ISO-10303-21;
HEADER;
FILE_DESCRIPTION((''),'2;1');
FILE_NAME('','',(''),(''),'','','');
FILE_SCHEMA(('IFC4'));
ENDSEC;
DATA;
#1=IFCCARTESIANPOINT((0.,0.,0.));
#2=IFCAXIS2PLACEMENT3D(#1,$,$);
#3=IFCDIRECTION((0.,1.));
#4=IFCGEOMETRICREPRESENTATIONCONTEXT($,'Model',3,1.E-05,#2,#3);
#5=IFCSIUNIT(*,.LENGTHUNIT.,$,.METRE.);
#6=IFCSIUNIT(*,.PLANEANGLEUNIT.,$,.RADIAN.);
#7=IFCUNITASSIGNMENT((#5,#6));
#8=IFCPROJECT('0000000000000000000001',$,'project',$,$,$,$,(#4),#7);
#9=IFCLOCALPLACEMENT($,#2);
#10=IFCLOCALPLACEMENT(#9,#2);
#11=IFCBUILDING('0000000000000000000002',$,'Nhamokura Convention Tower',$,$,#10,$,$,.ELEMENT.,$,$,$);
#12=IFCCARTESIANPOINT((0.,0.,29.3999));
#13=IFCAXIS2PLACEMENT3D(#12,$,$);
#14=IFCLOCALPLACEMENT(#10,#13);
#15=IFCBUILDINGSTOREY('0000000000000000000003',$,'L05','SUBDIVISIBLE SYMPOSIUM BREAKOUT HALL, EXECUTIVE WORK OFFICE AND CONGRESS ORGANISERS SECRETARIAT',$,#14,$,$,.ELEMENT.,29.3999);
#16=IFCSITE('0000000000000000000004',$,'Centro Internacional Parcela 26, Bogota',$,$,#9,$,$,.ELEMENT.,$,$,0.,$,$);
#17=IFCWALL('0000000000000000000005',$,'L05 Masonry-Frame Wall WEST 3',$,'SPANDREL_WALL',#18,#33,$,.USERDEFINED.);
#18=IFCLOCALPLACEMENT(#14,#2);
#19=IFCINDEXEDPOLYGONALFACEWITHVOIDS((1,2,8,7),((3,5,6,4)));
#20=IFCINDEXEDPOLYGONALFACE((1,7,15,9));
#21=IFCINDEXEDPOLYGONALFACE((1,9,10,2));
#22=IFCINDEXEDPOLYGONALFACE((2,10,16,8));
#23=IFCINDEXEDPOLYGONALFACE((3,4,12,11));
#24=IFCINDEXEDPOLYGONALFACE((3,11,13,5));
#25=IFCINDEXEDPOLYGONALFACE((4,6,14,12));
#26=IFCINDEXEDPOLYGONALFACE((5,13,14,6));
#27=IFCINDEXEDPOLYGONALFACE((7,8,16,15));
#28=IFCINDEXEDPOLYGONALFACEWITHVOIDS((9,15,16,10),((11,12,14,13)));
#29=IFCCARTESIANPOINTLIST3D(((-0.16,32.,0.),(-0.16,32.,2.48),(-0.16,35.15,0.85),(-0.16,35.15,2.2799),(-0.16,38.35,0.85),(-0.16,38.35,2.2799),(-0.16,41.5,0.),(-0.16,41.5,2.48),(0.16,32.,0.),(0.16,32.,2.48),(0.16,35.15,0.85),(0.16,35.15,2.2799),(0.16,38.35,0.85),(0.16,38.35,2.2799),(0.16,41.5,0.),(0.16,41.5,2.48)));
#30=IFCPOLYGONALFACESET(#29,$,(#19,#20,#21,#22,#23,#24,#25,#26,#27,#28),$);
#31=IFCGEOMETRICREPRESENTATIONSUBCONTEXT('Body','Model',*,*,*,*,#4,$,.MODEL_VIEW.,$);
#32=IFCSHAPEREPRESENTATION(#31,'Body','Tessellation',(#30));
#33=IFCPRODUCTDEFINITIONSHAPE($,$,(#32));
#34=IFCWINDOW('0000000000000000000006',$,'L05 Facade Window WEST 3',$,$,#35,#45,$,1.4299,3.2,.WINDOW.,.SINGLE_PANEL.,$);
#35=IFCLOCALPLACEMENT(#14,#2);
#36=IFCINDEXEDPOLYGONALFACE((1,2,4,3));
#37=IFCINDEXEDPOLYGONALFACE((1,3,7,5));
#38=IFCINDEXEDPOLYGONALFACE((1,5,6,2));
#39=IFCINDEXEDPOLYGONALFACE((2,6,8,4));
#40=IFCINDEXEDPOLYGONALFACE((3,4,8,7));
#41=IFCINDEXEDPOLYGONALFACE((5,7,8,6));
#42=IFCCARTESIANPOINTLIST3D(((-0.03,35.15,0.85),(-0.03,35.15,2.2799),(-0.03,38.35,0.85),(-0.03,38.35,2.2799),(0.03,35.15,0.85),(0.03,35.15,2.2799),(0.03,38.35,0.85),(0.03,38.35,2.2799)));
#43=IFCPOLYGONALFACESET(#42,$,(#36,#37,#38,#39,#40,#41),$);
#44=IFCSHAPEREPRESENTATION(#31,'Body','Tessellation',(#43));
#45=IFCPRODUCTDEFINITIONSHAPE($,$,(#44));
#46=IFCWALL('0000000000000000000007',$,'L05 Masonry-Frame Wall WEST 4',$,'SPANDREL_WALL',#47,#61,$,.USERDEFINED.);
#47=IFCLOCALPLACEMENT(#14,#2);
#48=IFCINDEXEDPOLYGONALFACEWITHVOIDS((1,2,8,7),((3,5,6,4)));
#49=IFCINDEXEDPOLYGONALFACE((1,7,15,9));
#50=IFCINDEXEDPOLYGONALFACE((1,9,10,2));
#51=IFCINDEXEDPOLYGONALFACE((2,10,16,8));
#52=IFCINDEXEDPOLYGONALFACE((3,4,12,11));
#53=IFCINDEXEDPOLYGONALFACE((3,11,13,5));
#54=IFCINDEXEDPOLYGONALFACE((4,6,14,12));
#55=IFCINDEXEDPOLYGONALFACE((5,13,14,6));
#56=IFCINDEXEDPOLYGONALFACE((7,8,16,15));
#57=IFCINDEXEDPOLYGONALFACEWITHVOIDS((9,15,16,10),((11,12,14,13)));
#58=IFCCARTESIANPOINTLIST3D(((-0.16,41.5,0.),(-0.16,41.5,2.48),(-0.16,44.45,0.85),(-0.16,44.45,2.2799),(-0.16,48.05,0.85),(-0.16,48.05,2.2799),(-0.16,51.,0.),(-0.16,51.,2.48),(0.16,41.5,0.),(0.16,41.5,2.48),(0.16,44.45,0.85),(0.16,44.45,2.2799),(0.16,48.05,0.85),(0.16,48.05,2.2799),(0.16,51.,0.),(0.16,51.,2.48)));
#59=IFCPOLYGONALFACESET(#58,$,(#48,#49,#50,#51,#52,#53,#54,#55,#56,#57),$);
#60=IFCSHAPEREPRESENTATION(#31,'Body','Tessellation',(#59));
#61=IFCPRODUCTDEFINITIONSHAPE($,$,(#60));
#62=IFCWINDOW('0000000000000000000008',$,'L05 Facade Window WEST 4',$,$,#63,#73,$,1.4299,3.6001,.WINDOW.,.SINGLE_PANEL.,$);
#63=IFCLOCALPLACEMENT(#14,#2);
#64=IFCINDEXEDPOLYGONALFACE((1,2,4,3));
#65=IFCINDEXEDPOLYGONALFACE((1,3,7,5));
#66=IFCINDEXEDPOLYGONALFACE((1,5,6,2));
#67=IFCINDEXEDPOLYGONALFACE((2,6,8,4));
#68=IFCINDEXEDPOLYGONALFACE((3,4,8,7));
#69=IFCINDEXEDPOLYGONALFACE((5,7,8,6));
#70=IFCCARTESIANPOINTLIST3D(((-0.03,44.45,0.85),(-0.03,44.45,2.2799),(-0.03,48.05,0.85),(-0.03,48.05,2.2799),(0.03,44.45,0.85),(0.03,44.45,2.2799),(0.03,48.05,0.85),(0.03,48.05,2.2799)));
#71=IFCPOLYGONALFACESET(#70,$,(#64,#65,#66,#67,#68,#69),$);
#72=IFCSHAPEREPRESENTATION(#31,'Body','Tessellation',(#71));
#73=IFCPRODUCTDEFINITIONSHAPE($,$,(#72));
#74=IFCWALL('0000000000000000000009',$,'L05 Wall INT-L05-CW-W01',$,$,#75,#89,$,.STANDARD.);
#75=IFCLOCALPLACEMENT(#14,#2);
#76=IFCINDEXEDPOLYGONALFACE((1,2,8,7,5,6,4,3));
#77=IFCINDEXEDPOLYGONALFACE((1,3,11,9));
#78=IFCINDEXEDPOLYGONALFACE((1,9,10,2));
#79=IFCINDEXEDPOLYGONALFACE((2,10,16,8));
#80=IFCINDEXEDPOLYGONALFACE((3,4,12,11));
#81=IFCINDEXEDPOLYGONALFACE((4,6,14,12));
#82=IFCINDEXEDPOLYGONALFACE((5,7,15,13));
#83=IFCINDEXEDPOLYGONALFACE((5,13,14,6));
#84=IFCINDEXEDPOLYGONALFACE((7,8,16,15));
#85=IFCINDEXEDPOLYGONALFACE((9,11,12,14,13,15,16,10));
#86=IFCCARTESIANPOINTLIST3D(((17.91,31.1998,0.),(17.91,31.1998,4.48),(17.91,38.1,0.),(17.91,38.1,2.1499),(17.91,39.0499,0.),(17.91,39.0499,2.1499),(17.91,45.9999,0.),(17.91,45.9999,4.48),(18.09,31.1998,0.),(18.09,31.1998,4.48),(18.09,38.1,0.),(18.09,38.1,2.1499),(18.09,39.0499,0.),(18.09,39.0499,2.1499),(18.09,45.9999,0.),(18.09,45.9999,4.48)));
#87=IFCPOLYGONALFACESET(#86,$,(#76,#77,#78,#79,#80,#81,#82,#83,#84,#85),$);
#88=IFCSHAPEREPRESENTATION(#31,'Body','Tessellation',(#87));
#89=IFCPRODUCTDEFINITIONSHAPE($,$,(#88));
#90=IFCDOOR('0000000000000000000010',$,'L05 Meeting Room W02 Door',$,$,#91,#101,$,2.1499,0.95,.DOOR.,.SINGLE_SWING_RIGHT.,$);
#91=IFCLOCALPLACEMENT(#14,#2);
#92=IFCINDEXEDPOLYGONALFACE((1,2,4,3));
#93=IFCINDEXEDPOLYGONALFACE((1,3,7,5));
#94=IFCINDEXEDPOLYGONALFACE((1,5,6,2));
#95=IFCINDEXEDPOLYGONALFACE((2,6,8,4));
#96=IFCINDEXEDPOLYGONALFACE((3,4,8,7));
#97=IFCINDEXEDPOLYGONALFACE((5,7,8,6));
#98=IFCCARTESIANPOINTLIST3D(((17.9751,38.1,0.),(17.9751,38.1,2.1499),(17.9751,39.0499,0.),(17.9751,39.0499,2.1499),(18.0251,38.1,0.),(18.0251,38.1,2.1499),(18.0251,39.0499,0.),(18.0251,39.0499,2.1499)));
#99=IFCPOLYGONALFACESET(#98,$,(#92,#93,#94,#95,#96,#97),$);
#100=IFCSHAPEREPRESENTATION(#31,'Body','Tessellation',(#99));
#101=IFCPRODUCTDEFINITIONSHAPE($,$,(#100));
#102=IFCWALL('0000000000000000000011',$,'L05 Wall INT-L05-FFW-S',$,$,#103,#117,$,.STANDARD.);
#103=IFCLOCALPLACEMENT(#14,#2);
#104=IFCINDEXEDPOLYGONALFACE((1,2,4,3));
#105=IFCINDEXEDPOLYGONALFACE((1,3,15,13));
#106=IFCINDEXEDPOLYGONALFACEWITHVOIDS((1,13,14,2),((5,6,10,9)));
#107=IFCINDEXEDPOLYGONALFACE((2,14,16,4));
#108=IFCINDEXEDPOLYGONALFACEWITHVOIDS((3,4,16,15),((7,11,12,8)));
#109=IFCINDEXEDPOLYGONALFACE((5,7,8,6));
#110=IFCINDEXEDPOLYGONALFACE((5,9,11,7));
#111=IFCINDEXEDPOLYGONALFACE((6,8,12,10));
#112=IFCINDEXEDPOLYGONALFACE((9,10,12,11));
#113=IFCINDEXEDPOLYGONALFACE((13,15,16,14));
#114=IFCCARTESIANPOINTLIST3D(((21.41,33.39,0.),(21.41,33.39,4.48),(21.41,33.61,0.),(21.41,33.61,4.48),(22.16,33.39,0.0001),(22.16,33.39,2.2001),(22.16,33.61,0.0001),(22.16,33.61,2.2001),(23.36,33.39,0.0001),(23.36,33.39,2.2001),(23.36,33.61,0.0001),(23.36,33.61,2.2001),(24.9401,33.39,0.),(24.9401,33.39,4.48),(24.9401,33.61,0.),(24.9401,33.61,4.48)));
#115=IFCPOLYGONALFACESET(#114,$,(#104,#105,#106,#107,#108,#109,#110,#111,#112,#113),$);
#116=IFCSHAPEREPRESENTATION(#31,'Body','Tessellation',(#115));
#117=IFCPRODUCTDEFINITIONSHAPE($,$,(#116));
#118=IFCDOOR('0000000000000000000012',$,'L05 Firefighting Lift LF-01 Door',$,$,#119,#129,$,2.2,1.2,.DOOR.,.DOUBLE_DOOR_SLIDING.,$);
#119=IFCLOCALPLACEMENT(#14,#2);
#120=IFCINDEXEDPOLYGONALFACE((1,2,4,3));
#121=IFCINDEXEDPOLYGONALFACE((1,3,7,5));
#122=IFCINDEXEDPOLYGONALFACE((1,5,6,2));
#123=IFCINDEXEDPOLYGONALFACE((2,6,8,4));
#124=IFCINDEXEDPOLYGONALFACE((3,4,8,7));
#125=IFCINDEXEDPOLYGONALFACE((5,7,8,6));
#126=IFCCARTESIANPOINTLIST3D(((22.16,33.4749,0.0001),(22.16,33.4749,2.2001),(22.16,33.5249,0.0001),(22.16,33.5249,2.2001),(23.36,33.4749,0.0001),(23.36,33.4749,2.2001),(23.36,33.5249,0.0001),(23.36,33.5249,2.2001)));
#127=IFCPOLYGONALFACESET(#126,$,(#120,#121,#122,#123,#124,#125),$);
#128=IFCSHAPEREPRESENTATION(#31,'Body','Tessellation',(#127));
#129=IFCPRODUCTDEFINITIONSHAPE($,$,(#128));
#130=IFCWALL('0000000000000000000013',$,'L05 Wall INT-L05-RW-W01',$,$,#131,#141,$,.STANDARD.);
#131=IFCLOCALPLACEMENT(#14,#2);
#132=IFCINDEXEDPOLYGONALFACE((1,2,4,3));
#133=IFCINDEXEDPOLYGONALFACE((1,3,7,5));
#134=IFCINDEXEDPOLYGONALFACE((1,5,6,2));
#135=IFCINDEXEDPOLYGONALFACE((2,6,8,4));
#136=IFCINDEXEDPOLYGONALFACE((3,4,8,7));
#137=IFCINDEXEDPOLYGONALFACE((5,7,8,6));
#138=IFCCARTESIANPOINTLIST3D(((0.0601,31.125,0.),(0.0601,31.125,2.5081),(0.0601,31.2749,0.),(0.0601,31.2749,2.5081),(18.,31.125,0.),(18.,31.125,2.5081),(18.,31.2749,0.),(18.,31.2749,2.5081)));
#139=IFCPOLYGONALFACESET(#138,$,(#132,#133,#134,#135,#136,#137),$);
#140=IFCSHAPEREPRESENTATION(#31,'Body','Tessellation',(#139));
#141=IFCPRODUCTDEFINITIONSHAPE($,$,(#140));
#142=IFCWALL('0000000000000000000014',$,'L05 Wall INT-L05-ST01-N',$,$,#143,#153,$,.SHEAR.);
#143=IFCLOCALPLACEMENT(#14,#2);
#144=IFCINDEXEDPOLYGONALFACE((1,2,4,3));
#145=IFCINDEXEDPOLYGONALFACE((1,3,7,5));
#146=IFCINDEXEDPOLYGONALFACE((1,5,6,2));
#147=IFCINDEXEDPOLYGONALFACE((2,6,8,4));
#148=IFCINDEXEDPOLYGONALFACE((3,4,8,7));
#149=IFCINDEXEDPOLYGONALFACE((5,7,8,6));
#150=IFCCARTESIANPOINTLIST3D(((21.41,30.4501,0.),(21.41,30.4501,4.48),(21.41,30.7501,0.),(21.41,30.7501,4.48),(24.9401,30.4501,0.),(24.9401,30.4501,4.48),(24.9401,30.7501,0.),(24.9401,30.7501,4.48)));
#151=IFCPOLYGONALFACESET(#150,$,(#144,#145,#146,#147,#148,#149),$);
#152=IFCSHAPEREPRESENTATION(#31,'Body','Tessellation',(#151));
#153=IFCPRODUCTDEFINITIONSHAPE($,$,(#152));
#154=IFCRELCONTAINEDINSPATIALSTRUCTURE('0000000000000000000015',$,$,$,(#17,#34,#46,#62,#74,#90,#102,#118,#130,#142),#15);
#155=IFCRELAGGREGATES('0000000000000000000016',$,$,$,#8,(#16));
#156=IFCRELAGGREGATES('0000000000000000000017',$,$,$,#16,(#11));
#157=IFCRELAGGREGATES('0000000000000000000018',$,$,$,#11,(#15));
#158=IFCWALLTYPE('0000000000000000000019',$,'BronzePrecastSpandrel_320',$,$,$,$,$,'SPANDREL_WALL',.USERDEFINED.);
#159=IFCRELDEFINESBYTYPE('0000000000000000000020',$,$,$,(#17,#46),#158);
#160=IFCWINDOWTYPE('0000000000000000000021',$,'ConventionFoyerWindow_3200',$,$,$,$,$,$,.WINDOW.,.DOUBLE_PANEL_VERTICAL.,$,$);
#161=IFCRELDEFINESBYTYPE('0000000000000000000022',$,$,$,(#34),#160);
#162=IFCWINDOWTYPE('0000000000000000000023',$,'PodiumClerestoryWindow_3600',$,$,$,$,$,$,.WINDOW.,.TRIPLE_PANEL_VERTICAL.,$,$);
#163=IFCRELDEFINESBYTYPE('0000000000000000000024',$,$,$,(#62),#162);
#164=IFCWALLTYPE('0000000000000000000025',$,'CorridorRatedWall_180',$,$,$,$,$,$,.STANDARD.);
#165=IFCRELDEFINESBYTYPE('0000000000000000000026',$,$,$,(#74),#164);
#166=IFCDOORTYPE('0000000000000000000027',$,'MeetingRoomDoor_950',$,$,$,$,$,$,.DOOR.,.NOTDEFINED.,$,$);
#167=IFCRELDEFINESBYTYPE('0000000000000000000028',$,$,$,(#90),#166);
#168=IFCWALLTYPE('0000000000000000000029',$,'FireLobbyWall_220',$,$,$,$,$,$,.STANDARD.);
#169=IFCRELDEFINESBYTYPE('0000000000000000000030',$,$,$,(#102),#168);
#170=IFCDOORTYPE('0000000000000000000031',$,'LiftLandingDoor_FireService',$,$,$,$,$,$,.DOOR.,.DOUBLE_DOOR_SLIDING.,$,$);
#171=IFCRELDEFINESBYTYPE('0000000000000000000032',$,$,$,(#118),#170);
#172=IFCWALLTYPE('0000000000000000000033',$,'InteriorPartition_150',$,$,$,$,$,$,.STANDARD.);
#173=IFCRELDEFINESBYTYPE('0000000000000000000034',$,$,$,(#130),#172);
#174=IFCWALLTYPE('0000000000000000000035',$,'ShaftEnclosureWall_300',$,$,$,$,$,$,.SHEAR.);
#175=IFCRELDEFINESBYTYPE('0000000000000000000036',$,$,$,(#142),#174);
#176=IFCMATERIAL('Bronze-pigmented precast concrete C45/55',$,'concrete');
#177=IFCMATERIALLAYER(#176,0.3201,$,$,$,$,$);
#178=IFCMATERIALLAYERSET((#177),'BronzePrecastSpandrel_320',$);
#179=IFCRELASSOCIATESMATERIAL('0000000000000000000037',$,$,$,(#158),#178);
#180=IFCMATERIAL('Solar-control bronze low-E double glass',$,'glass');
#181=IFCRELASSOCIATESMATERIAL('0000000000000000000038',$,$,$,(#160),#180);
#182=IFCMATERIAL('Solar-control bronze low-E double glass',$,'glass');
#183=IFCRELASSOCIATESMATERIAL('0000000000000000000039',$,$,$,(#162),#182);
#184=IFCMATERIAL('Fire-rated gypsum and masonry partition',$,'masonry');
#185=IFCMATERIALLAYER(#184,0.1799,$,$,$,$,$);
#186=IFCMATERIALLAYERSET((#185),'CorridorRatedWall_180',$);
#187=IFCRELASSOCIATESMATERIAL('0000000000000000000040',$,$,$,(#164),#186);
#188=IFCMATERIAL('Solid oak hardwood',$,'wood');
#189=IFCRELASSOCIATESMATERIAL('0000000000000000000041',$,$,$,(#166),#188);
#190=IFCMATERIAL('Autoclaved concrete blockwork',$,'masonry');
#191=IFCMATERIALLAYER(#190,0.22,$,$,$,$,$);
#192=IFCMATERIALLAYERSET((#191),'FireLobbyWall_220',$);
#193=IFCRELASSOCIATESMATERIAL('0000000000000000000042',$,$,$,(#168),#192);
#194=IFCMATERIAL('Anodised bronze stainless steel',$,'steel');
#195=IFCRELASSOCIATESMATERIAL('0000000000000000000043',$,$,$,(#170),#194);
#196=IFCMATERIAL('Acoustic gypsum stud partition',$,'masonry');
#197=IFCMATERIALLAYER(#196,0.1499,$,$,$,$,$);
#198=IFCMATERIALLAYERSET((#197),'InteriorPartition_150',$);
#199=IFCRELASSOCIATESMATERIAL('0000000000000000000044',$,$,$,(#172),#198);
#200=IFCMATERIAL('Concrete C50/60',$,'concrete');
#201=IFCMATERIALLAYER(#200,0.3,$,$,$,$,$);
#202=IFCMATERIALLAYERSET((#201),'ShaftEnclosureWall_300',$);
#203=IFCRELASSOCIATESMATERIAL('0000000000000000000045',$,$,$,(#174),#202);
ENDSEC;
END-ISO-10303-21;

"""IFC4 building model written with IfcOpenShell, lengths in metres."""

from ifc_helpers import new_model, si_unit, direction, frame, frame_2d, origin, place, context, subcontext, project, spatial, rectangle, extrude, material, layer, layer_set, type_object, element, fill, save


model = new_model("IFC4")

# Units and contexts
model_context = context("Model", 3, precision=1e-05, world=origin(), true_north=direction((0.0, 1.0)))
body_context = subcontext(model_context, "Body", "Model", "MODEL_VIEW")
ifc_project = project(units=[si_unit("LENGTHUNIT", "METRE"), si_unit("PLANEANGLEUNIT", "RADIAN")], contexts=[model_context])

# Site, building, storey
site_placement = place(None, origin())
site = spatial("IfcSite", under=ifc_project, at=site_placement, Name="Centro Internacional Parcela 26, Bogota", CompositionType="ELEMENT", RefElevation=0.0)
building_placement = place(site_placement, origin())
building = spatial("IfcBuilding", under=site, at=building_placement, Name="Nhamokura Convention Tower", CompositionType="ELEMENT")
storey_placement = place(building_placement, frame((0.0, 0.0, 29.3999)))
storey = spatial("IfcBuildingStorey", under=building, at=storey_placement, Name="L05", Description="SUBDIVISIBLE SYMPOSIUM BREAKOUT HALL, EXECUTIVE WORK OFFICE AND CONGRESS ORGANISERS SECRETARIAT", CompositionType="ELEMENT", Elevation=29.3999)

# Walls, openings, windows
ifc_material_1 = material(Name="Bronze-pigmented precast concrete C45/55", Category="concrete")
ifc_layer_1 = layer(ifc_material_1, 0.3201)
ifc_layer_set_1 = layer_set([ifc_layer_1], Name="BronzePrecastSpandrel_320")
wall_type_1 = type_object("IfcWallType", Name="BronzePrecastSpandrel_320", ElementType="SPANDREL_WALL", PredefinedType="USERDEFINED", material=ifc_layer_set_1)
wall_1_placement = place(storey_placement, frame((0.0, 32.0, 0.0), z_axis=(0.0, 0.0, 1.0), x_axis=(0.0, 1.0, 0.0)))
wall_1 = element("IfcWall", 1, at=wall_1_placement, inside=storey, type_object=wall_type_1, Name="L05 Masonry-Frame Wall WEST 3", ObjectType="SPANDREL_WALL", PredefinedType="USERDEFINED", context=body_context, shape_type="SweptSolid", body=[
    extrude(rectangle(XDim=9.5, YDim=0.3201, at=frame_2d((4.75, 0.0))), origin(), (0.0, 0.0, 1.0), 2.48),
])
opening_1_placement = place(wall_1_placement, frame((3.1499, 0.0, 0.8501)))
opening_1 = element("IfcOpeningElement", 2, at=opening_1_placement, cuts=wall_1, PredefinedType="OPENING", context=body_context, shape_type="SweptSolid", body=[
    extrude(rectangle(XDim=3.2, YDim=1.4299, at=frame_2d((1.6001, 0.7148))), frame((0.0, 0.1699, 0.0), z_axis=(0.0, -1.0, 0.0), x_axis=(1.0, 0.0, 0.0)), (0.0, 0.0, 1.0), 0.3401),
])
ifc_material_2 = material(Name="Solar-control bronze low-E double glass", Category="glass")
window_type_1 = type_object("IfcWindowType", Name="ConventionFoyerWindow_3200", PartitioningType="DOUBLE_PANEL_VERTICAL", PredefinedType="WINDOW", material=ifc_material_2)
window_1_placement = place(opening_1_placement, origin())
window_1 = element("IfcWindow", 3, at=window_1_placement, inside=storey, type_object=window_type_1, Name="L05 Facade Window WEST 3", OverallHeight=1.4299, OverallWidth=3.2, PartitioningType="SINGLE_PANEL", PredefinedType="WINDOW", context=body_context, shape_type="SweptSolid", body=[
    extrude(rectangle(XDim=3.2, YDim=1.4299, at=frame_2d((1.6001, 0.7148))), frame((0.0, 0.03, 0.0), z_axis=(0.0, -1.0, 0.0), x_axis=(1.0, 0.0, 0.0)), (0.0, 0.0, 1.0), 0.0601),
])
fill(opening_1, window_1)
wall_2_placement = place(storey_placement, frame((0.0, 41.5, 0.0), z_axis=(0.0, 0.0, 1.0), x_axis=(0.0, 1.0, 0.0)))
wall_2 = element("IfcWall", 4, at=wall_2_placement, inside=storey, type_object=wall_type_1, Name="L05 Masonry-Frame Wall WEST 4", ObjectType="SPANDREL_WALL", PredefinedType="USERDEFINED", context=body_context, shape_type="SweptSolid", body=[
    extrude(rectangle(XDim=9.5, YDim=0.3201, at=frame_2d((4.75, 0.0))), origin(), (0.0, 0.0, 1.0), 2.48),
])
opening_2_placement = place(wall_2_placement, frame((2.95, 0.0, 0.8501)))
opening_2 = element("IfcOpeningElement", 5, at=opening_2_placement, cuts=wall_2, PredefinedType="OPENING", context=body_context, shape_type="SweptSolid", body=[
    extrude(rectangle(XDim=3.6001, YDim=1.4299, at=frame_2d((1.8, 0.7148))), frame((0.0, 0.1699, 0.0), z_axis=(0.0, -1.0, 0.0), x_axis=(1.0, 0.0, 0.0)), (0.0, 0.0, 1.0), 0.3401),
])
ifc_material_3 = material(Name="Solar-control bronze low-E double glass", Category="glass")
window_type_2 = type_object("IfcWindowType", Name="PodiumClerestoryWindow_3600", PartitioningType="TRIPLE_PANEL_VERTICAL", PredefinedType="WINDOW", material=ifc_material_3)
window_2_placement = place(opening_2_placement, origin())
window_2 = element("IfcWindow", 6, at=window_2_placement, inside=storey, type_object=window_type_2, Name="L05 Facade Window WEST 4", OverallHeight=1.4299, OverallWidth=3.6001, PartitioningType="SINGLE_PANEL", PredefinedType="WINDOW", context=body_context, shape_type="SweptSolid", body=[
    extrude(rectangle(XDim=3.6001, YDim=1.4299, at=frame_2d((1.8, 0.7148))), frame((0.0, 0.03, 0.0), z_axis=(0.0, -1.0, 0.0), x_axis=(1.0, 0.0, 0.0)), (0.0, 0.0, 1.0), 0.0601),
])
fill(opening_2, window_2)

# Walls, openings, doors
ifc_material_4 = material(Name="Fire-rated gypsum and masonry partition", Category="masonry")
ifc_layer_2 = layer(ifc_material_4, 0.1799)
ifc_layer_set_2 = layer_set([ifc_layer_2], Name="CorridorRatedWall_180")
wall_type_2 = type_object("IfcWallType", Name="CorridorRatedWall_180", PredefinedType="STANDARD", material=ifc_layer_set_2)
wall_3_placement = place(storey_placement, frame((18.0, 31.2, 0.0), z_axis=(0.0, 0.0, 1.0), x_axis=(0.0, 1.0, 0.0)))
wall_3 = element("IfcWall", 7, at=wall_3_placement, inside=storey, type_object=wall_type_2, Name="L05 Wall INT-L05-CW-W01", PredefinedType="STANDARD", context=body_context, shape_type="SweptSolid", body=[
    extrude(rectangle(XDim=14.8, YDim=0.1799, at=frame_2d((7.3999, 0.0))), origin(), (0.0, 0.0, 1.0), 4.48),
])
opening_3_placement = place(wall_3_placement, frame((6.8999, 0.0, 0.0)))
opening_3 = element("IfcOpeningElement", 8, at=opening_3_placement, cuts=wall_3, PredefinedType="OPENING", context=body_context, shape_type="SweptSolid", body=[
    extrude(rectangle(XDim=0.95, YDim=2.1499, at=frame_2d((0.4751, 1.075))), frame((0.0, 0.0999, 0.0), z_axis=(0.0, -1.0, 0.0), x_axis=(1.0, 0.0, 0.0)), (0.0, 0.0, 1.0), 0.2),
])
ifc_material_5 = material(Name="Solid oak hardwood", Category="wood")
door_type_1 = type_object("IfcDoorType", Name="MeetingRoomDoor_950", OperationType="NOTDEFINED", PredefinedType="DOOR", material=ifc_material_5)
door_1_placement = place(opening_3_placement, origin())
door_1 = element("IfcDoor", 9, at=door_1_placement, inside=storey, type_object=door_type_1, Name="L05 Meeting Room W02 Door", OperationType="SINGLE_SWING_RIGHT", OverallHeight=2.1499, OverallWidth=0.95, PredefinedType="DOOR", context=body_context, shape_type="SweptSolid", body=[
    extrude(rectangle(XDim=0.95, YDim=2.1499, at=frame_2d((0.4751, 1.075))), frame((0.0, 0.0249, 0.0), z_axis=(0.0, -1.0, 0.0), x_axis=(1.0, 0.0, 0.0)), (0.0, 0.0, 1.0), 0.05),
])
fill(opening_3, door_1)
ifc_material_6 = material(Name="Autoclaved concrete blockwork", Category="masonry")
ifc_layer_3 = layer(ifc_material_6, 0.22)
ifc_layer_set_3 = layer_set([ifc_layer_3], Name="FireLobbyWall_220")
wall_type_3 = type_object("IfcWallType", Name="FireLobbyWall_220", PredefinedType="STANDARD", material=ifc_layer_set_3)
wall_4_placement = place(storey_placement, frame((21.4099, 33.5, 0.0), z_axis=(0.0, 0.0, 1.0), x_axis=(1.0, 0.0, 0.0)))
wall_4 = element("IfcWall", 10, at=wall_4_placement, inside=storey, type_object=wall_type_3, Name="L05 Wall INT-L05-FFW-S", PredefinedType="STANDARD", context=body_context, shape_type="SweptSolid", body=[
    extrude(rectangle(XDim=3.53, YDim=0.22, at=frame_2d((1.7651, 0.0))), origin(), (0.0, 0.0, 1.0), 4.48),
])
opening_4_placement = place(wall_4_placement, frame((0.75, 0.0, 0.0)))
opening_4 = element("IfcOpeningElement", 11, at=opening_4_placement, cuts=wall_4, PredefinedType="OPENING", context=body_context, shape_type="SweptSolid", body=[
    extrude(rectangle(XDim=1.2, YDim=2.2, at=frame_2d((0.6001, 1.1001))), frame((0.0, 0.1199, 0.0), z_axis=(0.0, -1.0, 0.0), x_axis=(1.0, 0.0, 0.0)), (0.0, 0.0, 1.0), 0.24),
])
ifc_material_7 = material(Name="Anodised bronze stainless steel", Category="steel")
door_type_2 = type_object("IfcDoorType", Name="LiftLandingDoor_FireService", OperationType="DOUBLE_DOOR_SLIDING", PredefinedType="DOOR", material=ifc_material_7)
door_2_placement = place(opening_4_placement, origin())
door_2 = element("IfcDoor", 12, at=door_2_placement, inside=storey, type_object=door_type_2, Name="L05 Firefighting Lift LF-01 Door", OperationType="DOUBLE_DOOR_SLIDING", OverallHeight=2.2, OverallWidth=1.2, PredefinedType="DOOR", context=body_context, shape_type="SweptSolid", body=[
    extrude(rectangle(XDim=1.2, YDim=2.2, at=frame_2d((0.6001, 1.1001))), frame((0.0, 0.0249, 0.0), z_axis=(0.0, -1.0, 0.0), x_axis=(1.0, 0.0, 0.0)), (0.0, 0.0, 1.0), 0.05),
])
fill(opening_4, door_2)

# Walls
ifc_material_8 = material(Name="Acoustic gypsum stud partition", Category="masonry")
ifc_layer_4 = layer(ifc_material_8, 0.1499)
ifc_layer_set_4 = layer_set([ifc_layer_4], Name="InteriorPartition_150")
wall_type_4 = type_object("IfcWallType", Name="InteriorPartition_150", PredefinedType="STANDARD", material=ifc_layer_set_4)
wall_5_placement = place(storey_placement, frame((0.0601, 31.2, 0.0), z_axis=(0.0, 0.0, 1.0), x_axis=(1.0, 0.0, 0.0)))
element("IfcWall", 13, at=wall_5_placement, inside=storey, type_object=wall_type_4, Name="L05 Wall INT-L05-RW-W01", PredefinedType="STANDARD", context=body_context, shape_type="SweptSolid", body=[
    extrude(rectangle(XDim=17.9399, YDim=0.1499, at=frame_2d((8.97, 0.0))), origin(), (0.0, 0.0, 1.0), 2.5081),
])
ifc_material_9 = material(Name="Concrete C50/60", Category="concrete")
ifc_layer_5 = layer(ifc_material_9, 0.3)
ifc_layer_set_5 = layer_set([ifc_layer_5], Name="ShaftEnclosureWall_300")
wall_type_5 = type_object("IfcWallType", Name="ShaftEnclosureWall_300", PredefinedType="SHEAR", material=ifc_layer_set_5)
wall_6_placement = place(storey_placement, frame((21.4099, 30.6001, 0.0), z_axis=(0.0, 0.0, 1.0), x_axis=(1.0, 0.0, 0.0)))
element("IfcWall", 14, at=wall_6_placement, inside=storey, type_object=wall_type_5, Name="L05 Wall INT-L05-ST01-N", PredefinedType="SHEAR", context=body_context, shape_type="SweptSolid", body=[
    extrude(rectangle(XDim=3.53, YDim=0.3, at=frame_2d((1.7651, 0.0))), origin(), (0.0, 0.0, 1.0), 4.48),
])

save(model, "model.ifc")
